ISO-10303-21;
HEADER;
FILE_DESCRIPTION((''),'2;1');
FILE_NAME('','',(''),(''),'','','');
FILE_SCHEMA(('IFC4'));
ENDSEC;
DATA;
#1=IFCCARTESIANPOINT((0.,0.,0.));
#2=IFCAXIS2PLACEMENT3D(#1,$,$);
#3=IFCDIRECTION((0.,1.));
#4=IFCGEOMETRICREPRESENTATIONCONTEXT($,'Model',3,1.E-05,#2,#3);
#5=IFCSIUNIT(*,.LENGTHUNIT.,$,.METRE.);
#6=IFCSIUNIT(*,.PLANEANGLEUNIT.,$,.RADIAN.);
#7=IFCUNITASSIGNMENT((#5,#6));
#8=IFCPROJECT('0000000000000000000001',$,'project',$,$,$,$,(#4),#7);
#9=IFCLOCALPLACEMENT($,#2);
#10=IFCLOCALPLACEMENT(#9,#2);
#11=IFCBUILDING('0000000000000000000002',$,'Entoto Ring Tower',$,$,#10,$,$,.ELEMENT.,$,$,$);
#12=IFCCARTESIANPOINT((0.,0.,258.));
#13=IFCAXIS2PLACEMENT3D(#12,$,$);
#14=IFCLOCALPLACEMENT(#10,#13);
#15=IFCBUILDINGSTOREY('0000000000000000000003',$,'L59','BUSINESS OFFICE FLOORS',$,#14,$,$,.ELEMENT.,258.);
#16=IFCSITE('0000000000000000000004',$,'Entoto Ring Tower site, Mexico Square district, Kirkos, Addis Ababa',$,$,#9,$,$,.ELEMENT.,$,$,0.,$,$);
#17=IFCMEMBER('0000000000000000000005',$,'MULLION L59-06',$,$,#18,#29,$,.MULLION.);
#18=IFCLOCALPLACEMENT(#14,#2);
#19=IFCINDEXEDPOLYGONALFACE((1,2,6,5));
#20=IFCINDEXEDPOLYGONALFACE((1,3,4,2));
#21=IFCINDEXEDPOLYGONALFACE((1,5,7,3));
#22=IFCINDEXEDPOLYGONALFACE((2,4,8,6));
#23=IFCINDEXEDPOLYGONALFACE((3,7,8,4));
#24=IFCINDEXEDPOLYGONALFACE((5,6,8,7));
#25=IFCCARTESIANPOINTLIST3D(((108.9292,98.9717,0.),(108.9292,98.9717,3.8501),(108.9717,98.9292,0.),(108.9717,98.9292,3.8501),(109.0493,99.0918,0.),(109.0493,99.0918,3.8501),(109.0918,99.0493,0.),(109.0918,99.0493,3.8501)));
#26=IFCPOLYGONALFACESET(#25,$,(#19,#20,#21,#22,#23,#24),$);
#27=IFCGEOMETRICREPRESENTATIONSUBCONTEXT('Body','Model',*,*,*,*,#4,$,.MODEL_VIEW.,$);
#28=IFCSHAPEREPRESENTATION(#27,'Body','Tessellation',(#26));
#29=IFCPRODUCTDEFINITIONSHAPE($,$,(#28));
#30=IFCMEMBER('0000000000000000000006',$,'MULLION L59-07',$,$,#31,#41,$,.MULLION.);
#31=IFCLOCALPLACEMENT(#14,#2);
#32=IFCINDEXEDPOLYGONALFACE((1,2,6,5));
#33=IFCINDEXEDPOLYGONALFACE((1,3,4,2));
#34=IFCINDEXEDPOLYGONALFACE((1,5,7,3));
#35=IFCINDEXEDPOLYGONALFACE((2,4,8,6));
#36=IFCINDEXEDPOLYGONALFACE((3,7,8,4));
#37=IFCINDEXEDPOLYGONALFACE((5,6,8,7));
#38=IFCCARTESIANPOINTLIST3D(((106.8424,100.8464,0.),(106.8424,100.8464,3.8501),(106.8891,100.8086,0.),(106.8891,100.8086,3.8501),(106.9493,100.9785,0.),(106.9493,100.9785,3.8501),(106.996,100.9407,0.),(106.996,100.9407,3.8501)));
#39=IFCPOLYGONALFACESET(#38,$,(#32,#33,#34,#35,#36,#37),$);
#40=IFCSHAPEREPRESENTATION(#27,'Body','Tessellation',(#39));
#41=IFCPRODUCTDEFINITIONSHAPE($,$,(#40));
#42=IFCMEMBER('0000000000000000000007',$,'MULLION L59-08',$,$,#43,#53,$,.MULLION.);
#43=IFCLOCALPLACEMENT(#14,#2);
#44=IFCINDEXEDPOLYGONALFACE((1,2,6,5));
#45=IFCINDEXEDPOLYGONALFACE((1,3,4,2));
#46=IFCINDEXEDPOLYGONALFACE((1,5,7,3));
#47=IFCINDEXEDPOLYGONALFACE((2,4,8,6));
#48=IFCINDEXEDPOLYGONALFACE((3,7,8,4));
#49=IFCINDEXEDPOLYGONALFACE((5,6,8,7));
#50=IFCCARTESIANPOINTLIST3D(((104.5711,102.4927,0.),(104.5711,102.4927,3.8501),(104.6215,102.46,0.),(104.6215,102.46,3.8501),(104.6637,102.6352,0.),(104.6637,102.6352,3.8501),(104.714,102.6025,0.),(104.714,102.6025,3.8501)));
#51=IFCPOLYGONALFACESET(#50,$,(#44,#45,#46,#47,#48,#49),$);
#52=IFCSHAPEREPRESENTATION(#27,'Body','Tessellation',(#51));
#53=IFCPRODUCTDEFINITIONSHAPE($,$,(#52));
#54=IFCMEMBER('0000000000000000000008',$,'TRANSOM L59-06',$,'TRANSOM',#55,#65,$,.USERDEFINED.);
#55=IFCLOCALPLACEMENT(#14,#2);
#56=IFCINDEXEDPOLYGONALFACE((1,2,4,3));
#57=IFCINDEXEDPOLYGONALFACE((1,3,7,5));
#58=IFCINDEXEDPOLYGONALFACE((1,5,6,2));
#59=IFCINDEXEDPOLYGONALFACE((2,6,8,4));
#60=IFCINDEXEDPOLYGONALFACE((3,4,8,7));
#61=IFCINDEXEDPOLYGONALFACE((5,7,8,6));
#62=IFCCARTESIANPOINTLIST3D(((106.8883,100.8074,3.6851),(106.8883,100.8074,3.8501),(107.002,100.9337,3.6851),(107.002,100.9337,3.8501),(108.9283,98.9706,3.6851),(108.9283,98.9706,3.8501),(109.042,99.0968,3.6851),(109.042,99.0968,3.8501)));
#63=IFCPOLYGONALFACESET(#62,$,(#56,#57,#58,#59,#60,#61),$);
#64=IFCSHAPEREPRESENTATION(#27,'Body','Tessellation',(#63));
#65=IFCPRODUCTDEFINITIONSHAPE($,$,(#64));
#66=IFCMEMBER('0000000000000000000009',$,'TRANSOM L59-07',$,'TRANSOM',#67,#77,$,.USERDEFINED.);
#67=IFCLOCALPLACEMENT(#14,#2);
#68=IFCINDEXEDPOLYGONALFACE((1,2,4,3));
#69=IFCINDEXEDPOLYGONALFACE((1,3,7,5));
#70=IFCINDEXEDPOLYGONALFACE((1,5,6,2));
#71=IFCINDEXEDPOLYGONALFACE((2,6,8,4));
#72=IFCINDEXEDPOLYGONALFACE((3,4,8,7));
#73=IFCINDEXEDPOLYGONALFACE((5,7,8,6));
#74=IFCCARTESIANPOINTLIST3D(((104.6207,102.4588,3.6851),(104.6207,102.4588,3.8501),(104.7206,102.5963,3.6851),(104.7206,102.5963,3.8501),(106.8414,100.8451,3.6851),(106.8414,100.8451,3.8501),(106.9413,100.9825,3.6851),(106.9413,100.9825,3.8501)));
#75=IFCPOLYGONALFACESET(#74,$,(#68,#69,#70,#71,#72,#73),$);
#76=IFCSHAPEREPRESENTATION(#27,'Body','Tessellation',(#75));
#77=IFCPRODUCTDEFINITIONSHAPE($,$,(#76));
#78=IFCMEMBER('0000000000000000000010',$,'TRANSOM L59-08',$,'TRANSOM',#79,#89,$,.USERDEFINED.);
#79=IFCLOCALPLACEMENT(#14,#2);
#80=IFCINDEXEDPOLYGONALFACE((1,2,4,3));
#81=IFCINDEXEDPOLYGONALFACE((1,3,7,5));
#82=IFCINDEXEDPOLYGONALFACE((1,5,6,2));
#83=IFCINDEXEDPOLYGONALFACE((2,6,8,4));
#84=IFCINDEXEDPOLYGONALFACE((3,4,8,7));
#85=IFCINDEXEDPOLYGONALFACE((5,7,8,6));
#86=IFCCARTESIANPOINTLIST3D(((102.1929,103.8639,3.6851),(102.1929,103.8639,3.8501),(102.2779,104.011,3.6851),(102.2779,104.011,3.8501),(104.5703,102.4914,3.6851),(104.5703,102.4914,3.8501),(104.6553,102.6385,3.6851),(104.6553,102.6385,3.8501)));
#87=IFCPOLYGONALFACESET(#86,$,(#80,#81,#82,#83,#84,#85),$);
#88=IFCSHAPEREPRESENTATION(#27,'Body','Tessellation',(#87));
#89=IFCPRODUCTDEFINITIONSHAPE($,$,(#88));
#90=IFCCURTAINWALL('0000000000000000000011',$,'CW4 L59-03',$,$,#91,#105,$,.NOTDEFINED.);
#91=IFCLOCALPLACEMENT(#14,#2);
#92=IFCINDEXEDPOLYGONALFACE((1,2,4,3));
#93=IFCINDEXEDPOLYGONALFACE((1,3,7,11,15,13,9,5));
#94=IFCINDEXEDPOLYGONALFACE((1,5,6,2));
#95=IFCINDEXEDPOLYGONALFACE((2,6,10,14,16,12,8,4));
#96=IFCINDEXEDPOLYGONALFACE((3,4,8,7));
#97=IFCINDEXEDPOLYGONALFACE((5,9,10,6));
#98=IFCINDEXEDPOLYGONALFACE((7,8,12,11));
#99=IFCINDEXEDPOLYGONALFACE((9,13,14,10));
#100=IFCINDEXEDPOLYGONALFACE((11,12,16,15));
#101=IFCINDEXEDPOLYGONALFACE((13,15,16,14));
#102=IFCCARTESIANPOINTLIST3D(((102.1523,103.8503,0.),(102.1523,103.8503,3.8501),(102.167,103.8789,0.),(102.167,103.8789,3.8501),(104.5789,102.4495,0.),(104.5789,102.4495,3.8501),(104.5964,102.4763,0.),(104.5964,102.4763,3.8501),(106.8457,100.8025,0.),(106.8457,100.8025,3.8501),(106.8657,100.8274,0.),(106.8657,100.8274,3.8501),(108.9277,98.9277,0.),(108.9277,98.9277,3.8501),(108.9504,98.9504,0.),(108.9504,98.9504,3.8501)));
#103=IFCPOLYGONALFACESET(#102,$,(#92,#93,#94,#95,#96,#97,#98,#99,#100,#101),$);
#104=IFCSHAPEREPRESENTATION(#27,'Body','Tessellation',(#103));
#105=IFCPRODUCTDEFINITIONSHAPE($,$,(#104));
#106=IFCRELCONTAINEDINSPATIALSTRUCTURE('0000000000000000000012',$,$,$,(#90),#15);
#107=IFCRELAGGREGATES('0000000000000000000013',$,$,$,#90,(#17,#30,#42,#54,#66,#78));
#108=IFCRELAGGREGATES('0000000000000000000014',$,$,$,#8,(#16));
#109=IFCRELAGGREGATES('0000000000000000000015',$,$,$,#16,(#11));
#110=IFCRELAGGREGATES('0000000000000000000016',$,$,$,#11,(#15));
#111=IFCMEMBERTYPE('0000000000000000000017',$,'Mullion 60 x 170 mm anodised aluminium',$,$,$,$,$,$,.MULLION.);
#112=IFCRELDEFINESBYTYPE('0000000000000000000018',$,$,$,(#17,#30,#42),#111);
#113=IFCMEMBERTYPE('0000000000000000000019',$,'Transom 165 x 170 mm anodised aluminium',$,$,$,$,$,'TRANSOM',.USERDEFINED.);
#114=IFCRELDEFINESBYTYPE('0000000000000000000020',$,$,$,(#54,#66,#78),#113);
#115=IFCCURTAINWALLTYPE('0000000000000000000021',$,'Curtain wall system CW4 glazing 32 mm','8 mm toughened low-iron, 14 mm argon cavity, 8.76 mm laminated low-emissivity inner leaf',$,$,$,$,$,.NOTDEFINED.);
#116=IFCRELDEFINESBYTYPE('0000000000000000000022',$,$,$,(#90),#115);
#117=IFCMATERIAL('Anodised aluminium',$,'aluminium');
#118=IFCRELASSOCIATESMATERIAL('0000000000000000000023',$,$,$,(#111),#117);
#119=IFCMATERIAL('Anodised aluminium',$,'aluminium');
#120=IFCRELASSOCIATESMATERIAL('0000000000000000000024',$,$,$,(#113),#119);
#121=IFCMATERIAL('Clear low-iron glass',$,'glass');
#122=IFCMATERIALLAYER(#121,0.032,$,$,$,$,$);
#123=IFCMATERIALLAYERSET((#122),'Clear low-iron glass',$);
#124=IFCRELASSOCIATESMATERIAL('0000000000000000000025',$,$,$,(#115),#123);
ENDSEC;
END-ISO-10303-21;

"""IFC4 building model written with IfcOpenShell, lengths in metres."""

from ifc_helpers import new_model, si_unit, direction, frame, origin, origin_2d, place, context, subcontext, project, spatial, polyline, rectangle, outline, extrude, material, layer, layer_set, material_profile, profile_set, type_object, element, aggregate, save


model = new_model("IFC4")

# Units and contexts
model_context = context("Model", 3, precision=1e-05, world=origin(), true_north=direction((0.0, 1.0)))
body_context = subcontext(model_context, "Body", "Model", "MODEL_VIEW")
ifc_project = project(units=[si_unit("LENGTHUNIT", "METRE"), si_unit("PLANEANGLEUNIT", "RADIAN")], contexts=[model_context])

# Members
ifc_material_1 = material(Name="Anodised aluminium", Category="aluminium")
ifc_material_profile_1 = material_profile(ifc_material_1, rectangle(XDim=0.0601, YDim=0.1699, at=origin_2d()), Name="Mullion 60 x 170 mm anodised aluminium")
ifc_profile_set_1 = profile_set([ifc_material_profile_1], Name="Anodised aluminium")
member_type_1 = type_object("IfcMemberType", Name="Mullion 60 x 170 mm anodised aluminium", PredefinedType="MULLION", material=ifc_profile_set_1)
site_placement = place(None, origin())
building_placement = place(site_placement, origin())
storey_placement = place(building_placement, frame((0.0, 0.0, 258.0)))
member_1_placement = place(storey_placement, frame((109.0105, 99.0105, 0.0), z_axis=(0.0, 0.0, 1.0), x_axis=(-0.707107, 0.707107, 0.0)))
member_1 = element("IfcMember", 1, at=member_1_placement, type_object=member_type_1, Name="MULLION L59-06", PredefinedType="MULLION", context=body_context, shape_type="SweptSolid", body=[
    extrude(rectangle(XDim=0.0601, YDim=0.1699, at=origin_2d()), origin(), (0.0, 0.0, 1.0), 3.8501),
])
member_2_placement = place(storey_placement, frame((106.9192, 100.8936, 0.0), z_axis=(0.0, 0.0, 1.0), x_axis=(-0.777146, 0.62932, 0.0)))
member_2 = element("IfcMember", 2, at=member_2_placement, type_object=member_type_1, Name="MULLION L59-07", PredefinedType="MULLION", context=body_context, shape_type="SweptSolid", body=[
    extrude(rectangle(XDim=0.0601, YDim=0.1699, at=origin_2d()), origin(), (0.0, 0.0, 1.0), 3.8501),
])
member_3_placement = place(storey_placement, frame((104.6426, 102.5476, 0.0), z_axis=(0.0, 0.0, 1.0), x_axis=(-0.838671, 0.544639, 0.0)))
member_3 = element("IfcMember", 3, at=member_3_placement, type_object=member_type_1, Name="MULLION L59-08", PredefinedType="MULLION", context=body_context, shape_type="SweptSolid", body=[
    extrude(rectangle(XDim=0.0601, YDim=0.1699, at=origin_2d()), origin(), (0.0, 0.0, 1.0), 3.8501),
])
ifc_material_2 = material(Name="Anodised aluminium", Category="aluminium")
ifc_material_profile_2 = material_profile(ifc_material_2, rectangle(XDim=0.1699, YDim=0.165, at=origin_2d()), Name="Transom 165 x 170 mm anodised aluminium")
ifc_profile_set_2 = profile_set([ifc_material_profile_2], Name="Anodised aluminium")
member_type_2 = type_object("IfcMemberType", Name="Transom 165 x 170 mm anodised aluminium", ElementType="TRANSOM", PredefinedType="USERDEFINED", material=ifc_profile_set_2)
member_4_placement = place(storey_placement, frame((108.9851, 99.0337, 3.7676), z_axis=(-0.743135, 0.669142, 0.0), x_axis=(-0.669142, -0.743135, 0.0)))
member_4 = element("IfcMember", 4, at=member_4_placement, type_object=member_type_2, Name="TRANSOM L59-06", ObjectType="TRANSOM", PredefinedType="USERDEFINED", context=body_context, shape_type="SweptSolid", body=[
    extrude(rectangle(XDim=0.1699, YDim=0.165, at=origin_2d()), origin(), (0.0, 0.0, 1.0), 2.7451),
])
member_5_placement = place(storey_placement, frame((106.8914, 100.9138, 3.7676), z_axis=(-0.808959, 0.587865, 0.0), x_axis=(-0.587865, -0.808959, 0.0)))
member_5 = element("IfcMember", 5, at=member_5_placement, type_object=member_type_2, Name="TRANSOM L59-07", ObjectType="TRANSOM", PredefinedType="USERDEFINED", context=body_context, shape_type="SweptSolid", body=[
    extrude(rectangle(XDim=0.1699, YDim=0.165, at=origin_2d()), origin(), (0.0, 0.0, 1.0), 2.7451),
])
member_6_placement = place(storey_placement, frame((104.6128, 102.5649, 3.7676), z_axis=(-0.866035, 0.499984, 0.0), x_axis=(-0.499984, -0.866035, 0.0)))
member_6 = element("IfcMember", 6, at=member_6_placement, type_object=member_type_2, Name="TRANSOM L59-08", ObjectType="TRANSOM", PredefinedType="USERDEFINED", context=body_context, shape_type="SweptSolid", body=[
    extrude(rectangle(XDim=0.1699, YDim=0.165, at=origin_2d()), origin(), (0.0, 0.0, 1.0), 2.7451),
])

# Site, building, storey
site = spatial("IfcSite", under=ifc_project, at=site_placement, Name="Entoto Ring Tower site, Mexico Square district, Kirkos, Addis Ababa", CompositionType="ELEMENT", RefElevation=0.0)
building = spatial("IfcBuilding", under=site, at=building_placement, Name="Entoto Ring Tower", CompositionType="ELEMENT")
storey = spatial("IfcBuildingStorey", under=building, at=storey_placement, Name="L59", Description="BUSINESS OFFICE FLOORS", CompositionType="ELEMENT", Elevation=258.0)

# Curtain wall
ifc_material_3 = material(Name="Clear low-iron glass", Category="glass")
ifc_layer = layer(ifc_material_3, 0.032)
ifc_layer_set = layer_set([ifc_layer], Name="Clear low-iron glass")
curtain_wall_type = type_object("IfcCurtainWallType", Name="Curtain wall system CW4 glazing 32 mm", Description="8 mm toughened low-iron, 14 mm argon cavity, 8.76 mm laminated low-emissivity inner leaf", PredefinedType="NOTDEFINED", material=ifc_layer_set)
curtain_wall_1_placement = place(storey_placement, origin())
curtain_wall_1 = element("IfcCurtainWall", 7, at=curtain_wall_1_placement, inside=storey, type_object=curtain_wall_type, Name="CW4 L59-03", PredefinedType="NOTDEFINED", context=body_context, shape_type="SweptSolid", body=[
    extrude(outline(polyline([(108.9504, 98.9504), (106.8657, 100.8274), (104.5964, 102.4763), (102.167, 103.8789), (102.1523, 103.8503), (104.5789, 102.4495), (106.8457, 100.8025), (108.9277, 98.9277), (108.9504, 98.9504)])), origin(), (0.0, 0.0, 1.0), 3.8501),
])
aggregate(curtain_wall_1, [member_1, member_2, member_3, member_4, member_5, member_6])

save(model, "model.ifc")
